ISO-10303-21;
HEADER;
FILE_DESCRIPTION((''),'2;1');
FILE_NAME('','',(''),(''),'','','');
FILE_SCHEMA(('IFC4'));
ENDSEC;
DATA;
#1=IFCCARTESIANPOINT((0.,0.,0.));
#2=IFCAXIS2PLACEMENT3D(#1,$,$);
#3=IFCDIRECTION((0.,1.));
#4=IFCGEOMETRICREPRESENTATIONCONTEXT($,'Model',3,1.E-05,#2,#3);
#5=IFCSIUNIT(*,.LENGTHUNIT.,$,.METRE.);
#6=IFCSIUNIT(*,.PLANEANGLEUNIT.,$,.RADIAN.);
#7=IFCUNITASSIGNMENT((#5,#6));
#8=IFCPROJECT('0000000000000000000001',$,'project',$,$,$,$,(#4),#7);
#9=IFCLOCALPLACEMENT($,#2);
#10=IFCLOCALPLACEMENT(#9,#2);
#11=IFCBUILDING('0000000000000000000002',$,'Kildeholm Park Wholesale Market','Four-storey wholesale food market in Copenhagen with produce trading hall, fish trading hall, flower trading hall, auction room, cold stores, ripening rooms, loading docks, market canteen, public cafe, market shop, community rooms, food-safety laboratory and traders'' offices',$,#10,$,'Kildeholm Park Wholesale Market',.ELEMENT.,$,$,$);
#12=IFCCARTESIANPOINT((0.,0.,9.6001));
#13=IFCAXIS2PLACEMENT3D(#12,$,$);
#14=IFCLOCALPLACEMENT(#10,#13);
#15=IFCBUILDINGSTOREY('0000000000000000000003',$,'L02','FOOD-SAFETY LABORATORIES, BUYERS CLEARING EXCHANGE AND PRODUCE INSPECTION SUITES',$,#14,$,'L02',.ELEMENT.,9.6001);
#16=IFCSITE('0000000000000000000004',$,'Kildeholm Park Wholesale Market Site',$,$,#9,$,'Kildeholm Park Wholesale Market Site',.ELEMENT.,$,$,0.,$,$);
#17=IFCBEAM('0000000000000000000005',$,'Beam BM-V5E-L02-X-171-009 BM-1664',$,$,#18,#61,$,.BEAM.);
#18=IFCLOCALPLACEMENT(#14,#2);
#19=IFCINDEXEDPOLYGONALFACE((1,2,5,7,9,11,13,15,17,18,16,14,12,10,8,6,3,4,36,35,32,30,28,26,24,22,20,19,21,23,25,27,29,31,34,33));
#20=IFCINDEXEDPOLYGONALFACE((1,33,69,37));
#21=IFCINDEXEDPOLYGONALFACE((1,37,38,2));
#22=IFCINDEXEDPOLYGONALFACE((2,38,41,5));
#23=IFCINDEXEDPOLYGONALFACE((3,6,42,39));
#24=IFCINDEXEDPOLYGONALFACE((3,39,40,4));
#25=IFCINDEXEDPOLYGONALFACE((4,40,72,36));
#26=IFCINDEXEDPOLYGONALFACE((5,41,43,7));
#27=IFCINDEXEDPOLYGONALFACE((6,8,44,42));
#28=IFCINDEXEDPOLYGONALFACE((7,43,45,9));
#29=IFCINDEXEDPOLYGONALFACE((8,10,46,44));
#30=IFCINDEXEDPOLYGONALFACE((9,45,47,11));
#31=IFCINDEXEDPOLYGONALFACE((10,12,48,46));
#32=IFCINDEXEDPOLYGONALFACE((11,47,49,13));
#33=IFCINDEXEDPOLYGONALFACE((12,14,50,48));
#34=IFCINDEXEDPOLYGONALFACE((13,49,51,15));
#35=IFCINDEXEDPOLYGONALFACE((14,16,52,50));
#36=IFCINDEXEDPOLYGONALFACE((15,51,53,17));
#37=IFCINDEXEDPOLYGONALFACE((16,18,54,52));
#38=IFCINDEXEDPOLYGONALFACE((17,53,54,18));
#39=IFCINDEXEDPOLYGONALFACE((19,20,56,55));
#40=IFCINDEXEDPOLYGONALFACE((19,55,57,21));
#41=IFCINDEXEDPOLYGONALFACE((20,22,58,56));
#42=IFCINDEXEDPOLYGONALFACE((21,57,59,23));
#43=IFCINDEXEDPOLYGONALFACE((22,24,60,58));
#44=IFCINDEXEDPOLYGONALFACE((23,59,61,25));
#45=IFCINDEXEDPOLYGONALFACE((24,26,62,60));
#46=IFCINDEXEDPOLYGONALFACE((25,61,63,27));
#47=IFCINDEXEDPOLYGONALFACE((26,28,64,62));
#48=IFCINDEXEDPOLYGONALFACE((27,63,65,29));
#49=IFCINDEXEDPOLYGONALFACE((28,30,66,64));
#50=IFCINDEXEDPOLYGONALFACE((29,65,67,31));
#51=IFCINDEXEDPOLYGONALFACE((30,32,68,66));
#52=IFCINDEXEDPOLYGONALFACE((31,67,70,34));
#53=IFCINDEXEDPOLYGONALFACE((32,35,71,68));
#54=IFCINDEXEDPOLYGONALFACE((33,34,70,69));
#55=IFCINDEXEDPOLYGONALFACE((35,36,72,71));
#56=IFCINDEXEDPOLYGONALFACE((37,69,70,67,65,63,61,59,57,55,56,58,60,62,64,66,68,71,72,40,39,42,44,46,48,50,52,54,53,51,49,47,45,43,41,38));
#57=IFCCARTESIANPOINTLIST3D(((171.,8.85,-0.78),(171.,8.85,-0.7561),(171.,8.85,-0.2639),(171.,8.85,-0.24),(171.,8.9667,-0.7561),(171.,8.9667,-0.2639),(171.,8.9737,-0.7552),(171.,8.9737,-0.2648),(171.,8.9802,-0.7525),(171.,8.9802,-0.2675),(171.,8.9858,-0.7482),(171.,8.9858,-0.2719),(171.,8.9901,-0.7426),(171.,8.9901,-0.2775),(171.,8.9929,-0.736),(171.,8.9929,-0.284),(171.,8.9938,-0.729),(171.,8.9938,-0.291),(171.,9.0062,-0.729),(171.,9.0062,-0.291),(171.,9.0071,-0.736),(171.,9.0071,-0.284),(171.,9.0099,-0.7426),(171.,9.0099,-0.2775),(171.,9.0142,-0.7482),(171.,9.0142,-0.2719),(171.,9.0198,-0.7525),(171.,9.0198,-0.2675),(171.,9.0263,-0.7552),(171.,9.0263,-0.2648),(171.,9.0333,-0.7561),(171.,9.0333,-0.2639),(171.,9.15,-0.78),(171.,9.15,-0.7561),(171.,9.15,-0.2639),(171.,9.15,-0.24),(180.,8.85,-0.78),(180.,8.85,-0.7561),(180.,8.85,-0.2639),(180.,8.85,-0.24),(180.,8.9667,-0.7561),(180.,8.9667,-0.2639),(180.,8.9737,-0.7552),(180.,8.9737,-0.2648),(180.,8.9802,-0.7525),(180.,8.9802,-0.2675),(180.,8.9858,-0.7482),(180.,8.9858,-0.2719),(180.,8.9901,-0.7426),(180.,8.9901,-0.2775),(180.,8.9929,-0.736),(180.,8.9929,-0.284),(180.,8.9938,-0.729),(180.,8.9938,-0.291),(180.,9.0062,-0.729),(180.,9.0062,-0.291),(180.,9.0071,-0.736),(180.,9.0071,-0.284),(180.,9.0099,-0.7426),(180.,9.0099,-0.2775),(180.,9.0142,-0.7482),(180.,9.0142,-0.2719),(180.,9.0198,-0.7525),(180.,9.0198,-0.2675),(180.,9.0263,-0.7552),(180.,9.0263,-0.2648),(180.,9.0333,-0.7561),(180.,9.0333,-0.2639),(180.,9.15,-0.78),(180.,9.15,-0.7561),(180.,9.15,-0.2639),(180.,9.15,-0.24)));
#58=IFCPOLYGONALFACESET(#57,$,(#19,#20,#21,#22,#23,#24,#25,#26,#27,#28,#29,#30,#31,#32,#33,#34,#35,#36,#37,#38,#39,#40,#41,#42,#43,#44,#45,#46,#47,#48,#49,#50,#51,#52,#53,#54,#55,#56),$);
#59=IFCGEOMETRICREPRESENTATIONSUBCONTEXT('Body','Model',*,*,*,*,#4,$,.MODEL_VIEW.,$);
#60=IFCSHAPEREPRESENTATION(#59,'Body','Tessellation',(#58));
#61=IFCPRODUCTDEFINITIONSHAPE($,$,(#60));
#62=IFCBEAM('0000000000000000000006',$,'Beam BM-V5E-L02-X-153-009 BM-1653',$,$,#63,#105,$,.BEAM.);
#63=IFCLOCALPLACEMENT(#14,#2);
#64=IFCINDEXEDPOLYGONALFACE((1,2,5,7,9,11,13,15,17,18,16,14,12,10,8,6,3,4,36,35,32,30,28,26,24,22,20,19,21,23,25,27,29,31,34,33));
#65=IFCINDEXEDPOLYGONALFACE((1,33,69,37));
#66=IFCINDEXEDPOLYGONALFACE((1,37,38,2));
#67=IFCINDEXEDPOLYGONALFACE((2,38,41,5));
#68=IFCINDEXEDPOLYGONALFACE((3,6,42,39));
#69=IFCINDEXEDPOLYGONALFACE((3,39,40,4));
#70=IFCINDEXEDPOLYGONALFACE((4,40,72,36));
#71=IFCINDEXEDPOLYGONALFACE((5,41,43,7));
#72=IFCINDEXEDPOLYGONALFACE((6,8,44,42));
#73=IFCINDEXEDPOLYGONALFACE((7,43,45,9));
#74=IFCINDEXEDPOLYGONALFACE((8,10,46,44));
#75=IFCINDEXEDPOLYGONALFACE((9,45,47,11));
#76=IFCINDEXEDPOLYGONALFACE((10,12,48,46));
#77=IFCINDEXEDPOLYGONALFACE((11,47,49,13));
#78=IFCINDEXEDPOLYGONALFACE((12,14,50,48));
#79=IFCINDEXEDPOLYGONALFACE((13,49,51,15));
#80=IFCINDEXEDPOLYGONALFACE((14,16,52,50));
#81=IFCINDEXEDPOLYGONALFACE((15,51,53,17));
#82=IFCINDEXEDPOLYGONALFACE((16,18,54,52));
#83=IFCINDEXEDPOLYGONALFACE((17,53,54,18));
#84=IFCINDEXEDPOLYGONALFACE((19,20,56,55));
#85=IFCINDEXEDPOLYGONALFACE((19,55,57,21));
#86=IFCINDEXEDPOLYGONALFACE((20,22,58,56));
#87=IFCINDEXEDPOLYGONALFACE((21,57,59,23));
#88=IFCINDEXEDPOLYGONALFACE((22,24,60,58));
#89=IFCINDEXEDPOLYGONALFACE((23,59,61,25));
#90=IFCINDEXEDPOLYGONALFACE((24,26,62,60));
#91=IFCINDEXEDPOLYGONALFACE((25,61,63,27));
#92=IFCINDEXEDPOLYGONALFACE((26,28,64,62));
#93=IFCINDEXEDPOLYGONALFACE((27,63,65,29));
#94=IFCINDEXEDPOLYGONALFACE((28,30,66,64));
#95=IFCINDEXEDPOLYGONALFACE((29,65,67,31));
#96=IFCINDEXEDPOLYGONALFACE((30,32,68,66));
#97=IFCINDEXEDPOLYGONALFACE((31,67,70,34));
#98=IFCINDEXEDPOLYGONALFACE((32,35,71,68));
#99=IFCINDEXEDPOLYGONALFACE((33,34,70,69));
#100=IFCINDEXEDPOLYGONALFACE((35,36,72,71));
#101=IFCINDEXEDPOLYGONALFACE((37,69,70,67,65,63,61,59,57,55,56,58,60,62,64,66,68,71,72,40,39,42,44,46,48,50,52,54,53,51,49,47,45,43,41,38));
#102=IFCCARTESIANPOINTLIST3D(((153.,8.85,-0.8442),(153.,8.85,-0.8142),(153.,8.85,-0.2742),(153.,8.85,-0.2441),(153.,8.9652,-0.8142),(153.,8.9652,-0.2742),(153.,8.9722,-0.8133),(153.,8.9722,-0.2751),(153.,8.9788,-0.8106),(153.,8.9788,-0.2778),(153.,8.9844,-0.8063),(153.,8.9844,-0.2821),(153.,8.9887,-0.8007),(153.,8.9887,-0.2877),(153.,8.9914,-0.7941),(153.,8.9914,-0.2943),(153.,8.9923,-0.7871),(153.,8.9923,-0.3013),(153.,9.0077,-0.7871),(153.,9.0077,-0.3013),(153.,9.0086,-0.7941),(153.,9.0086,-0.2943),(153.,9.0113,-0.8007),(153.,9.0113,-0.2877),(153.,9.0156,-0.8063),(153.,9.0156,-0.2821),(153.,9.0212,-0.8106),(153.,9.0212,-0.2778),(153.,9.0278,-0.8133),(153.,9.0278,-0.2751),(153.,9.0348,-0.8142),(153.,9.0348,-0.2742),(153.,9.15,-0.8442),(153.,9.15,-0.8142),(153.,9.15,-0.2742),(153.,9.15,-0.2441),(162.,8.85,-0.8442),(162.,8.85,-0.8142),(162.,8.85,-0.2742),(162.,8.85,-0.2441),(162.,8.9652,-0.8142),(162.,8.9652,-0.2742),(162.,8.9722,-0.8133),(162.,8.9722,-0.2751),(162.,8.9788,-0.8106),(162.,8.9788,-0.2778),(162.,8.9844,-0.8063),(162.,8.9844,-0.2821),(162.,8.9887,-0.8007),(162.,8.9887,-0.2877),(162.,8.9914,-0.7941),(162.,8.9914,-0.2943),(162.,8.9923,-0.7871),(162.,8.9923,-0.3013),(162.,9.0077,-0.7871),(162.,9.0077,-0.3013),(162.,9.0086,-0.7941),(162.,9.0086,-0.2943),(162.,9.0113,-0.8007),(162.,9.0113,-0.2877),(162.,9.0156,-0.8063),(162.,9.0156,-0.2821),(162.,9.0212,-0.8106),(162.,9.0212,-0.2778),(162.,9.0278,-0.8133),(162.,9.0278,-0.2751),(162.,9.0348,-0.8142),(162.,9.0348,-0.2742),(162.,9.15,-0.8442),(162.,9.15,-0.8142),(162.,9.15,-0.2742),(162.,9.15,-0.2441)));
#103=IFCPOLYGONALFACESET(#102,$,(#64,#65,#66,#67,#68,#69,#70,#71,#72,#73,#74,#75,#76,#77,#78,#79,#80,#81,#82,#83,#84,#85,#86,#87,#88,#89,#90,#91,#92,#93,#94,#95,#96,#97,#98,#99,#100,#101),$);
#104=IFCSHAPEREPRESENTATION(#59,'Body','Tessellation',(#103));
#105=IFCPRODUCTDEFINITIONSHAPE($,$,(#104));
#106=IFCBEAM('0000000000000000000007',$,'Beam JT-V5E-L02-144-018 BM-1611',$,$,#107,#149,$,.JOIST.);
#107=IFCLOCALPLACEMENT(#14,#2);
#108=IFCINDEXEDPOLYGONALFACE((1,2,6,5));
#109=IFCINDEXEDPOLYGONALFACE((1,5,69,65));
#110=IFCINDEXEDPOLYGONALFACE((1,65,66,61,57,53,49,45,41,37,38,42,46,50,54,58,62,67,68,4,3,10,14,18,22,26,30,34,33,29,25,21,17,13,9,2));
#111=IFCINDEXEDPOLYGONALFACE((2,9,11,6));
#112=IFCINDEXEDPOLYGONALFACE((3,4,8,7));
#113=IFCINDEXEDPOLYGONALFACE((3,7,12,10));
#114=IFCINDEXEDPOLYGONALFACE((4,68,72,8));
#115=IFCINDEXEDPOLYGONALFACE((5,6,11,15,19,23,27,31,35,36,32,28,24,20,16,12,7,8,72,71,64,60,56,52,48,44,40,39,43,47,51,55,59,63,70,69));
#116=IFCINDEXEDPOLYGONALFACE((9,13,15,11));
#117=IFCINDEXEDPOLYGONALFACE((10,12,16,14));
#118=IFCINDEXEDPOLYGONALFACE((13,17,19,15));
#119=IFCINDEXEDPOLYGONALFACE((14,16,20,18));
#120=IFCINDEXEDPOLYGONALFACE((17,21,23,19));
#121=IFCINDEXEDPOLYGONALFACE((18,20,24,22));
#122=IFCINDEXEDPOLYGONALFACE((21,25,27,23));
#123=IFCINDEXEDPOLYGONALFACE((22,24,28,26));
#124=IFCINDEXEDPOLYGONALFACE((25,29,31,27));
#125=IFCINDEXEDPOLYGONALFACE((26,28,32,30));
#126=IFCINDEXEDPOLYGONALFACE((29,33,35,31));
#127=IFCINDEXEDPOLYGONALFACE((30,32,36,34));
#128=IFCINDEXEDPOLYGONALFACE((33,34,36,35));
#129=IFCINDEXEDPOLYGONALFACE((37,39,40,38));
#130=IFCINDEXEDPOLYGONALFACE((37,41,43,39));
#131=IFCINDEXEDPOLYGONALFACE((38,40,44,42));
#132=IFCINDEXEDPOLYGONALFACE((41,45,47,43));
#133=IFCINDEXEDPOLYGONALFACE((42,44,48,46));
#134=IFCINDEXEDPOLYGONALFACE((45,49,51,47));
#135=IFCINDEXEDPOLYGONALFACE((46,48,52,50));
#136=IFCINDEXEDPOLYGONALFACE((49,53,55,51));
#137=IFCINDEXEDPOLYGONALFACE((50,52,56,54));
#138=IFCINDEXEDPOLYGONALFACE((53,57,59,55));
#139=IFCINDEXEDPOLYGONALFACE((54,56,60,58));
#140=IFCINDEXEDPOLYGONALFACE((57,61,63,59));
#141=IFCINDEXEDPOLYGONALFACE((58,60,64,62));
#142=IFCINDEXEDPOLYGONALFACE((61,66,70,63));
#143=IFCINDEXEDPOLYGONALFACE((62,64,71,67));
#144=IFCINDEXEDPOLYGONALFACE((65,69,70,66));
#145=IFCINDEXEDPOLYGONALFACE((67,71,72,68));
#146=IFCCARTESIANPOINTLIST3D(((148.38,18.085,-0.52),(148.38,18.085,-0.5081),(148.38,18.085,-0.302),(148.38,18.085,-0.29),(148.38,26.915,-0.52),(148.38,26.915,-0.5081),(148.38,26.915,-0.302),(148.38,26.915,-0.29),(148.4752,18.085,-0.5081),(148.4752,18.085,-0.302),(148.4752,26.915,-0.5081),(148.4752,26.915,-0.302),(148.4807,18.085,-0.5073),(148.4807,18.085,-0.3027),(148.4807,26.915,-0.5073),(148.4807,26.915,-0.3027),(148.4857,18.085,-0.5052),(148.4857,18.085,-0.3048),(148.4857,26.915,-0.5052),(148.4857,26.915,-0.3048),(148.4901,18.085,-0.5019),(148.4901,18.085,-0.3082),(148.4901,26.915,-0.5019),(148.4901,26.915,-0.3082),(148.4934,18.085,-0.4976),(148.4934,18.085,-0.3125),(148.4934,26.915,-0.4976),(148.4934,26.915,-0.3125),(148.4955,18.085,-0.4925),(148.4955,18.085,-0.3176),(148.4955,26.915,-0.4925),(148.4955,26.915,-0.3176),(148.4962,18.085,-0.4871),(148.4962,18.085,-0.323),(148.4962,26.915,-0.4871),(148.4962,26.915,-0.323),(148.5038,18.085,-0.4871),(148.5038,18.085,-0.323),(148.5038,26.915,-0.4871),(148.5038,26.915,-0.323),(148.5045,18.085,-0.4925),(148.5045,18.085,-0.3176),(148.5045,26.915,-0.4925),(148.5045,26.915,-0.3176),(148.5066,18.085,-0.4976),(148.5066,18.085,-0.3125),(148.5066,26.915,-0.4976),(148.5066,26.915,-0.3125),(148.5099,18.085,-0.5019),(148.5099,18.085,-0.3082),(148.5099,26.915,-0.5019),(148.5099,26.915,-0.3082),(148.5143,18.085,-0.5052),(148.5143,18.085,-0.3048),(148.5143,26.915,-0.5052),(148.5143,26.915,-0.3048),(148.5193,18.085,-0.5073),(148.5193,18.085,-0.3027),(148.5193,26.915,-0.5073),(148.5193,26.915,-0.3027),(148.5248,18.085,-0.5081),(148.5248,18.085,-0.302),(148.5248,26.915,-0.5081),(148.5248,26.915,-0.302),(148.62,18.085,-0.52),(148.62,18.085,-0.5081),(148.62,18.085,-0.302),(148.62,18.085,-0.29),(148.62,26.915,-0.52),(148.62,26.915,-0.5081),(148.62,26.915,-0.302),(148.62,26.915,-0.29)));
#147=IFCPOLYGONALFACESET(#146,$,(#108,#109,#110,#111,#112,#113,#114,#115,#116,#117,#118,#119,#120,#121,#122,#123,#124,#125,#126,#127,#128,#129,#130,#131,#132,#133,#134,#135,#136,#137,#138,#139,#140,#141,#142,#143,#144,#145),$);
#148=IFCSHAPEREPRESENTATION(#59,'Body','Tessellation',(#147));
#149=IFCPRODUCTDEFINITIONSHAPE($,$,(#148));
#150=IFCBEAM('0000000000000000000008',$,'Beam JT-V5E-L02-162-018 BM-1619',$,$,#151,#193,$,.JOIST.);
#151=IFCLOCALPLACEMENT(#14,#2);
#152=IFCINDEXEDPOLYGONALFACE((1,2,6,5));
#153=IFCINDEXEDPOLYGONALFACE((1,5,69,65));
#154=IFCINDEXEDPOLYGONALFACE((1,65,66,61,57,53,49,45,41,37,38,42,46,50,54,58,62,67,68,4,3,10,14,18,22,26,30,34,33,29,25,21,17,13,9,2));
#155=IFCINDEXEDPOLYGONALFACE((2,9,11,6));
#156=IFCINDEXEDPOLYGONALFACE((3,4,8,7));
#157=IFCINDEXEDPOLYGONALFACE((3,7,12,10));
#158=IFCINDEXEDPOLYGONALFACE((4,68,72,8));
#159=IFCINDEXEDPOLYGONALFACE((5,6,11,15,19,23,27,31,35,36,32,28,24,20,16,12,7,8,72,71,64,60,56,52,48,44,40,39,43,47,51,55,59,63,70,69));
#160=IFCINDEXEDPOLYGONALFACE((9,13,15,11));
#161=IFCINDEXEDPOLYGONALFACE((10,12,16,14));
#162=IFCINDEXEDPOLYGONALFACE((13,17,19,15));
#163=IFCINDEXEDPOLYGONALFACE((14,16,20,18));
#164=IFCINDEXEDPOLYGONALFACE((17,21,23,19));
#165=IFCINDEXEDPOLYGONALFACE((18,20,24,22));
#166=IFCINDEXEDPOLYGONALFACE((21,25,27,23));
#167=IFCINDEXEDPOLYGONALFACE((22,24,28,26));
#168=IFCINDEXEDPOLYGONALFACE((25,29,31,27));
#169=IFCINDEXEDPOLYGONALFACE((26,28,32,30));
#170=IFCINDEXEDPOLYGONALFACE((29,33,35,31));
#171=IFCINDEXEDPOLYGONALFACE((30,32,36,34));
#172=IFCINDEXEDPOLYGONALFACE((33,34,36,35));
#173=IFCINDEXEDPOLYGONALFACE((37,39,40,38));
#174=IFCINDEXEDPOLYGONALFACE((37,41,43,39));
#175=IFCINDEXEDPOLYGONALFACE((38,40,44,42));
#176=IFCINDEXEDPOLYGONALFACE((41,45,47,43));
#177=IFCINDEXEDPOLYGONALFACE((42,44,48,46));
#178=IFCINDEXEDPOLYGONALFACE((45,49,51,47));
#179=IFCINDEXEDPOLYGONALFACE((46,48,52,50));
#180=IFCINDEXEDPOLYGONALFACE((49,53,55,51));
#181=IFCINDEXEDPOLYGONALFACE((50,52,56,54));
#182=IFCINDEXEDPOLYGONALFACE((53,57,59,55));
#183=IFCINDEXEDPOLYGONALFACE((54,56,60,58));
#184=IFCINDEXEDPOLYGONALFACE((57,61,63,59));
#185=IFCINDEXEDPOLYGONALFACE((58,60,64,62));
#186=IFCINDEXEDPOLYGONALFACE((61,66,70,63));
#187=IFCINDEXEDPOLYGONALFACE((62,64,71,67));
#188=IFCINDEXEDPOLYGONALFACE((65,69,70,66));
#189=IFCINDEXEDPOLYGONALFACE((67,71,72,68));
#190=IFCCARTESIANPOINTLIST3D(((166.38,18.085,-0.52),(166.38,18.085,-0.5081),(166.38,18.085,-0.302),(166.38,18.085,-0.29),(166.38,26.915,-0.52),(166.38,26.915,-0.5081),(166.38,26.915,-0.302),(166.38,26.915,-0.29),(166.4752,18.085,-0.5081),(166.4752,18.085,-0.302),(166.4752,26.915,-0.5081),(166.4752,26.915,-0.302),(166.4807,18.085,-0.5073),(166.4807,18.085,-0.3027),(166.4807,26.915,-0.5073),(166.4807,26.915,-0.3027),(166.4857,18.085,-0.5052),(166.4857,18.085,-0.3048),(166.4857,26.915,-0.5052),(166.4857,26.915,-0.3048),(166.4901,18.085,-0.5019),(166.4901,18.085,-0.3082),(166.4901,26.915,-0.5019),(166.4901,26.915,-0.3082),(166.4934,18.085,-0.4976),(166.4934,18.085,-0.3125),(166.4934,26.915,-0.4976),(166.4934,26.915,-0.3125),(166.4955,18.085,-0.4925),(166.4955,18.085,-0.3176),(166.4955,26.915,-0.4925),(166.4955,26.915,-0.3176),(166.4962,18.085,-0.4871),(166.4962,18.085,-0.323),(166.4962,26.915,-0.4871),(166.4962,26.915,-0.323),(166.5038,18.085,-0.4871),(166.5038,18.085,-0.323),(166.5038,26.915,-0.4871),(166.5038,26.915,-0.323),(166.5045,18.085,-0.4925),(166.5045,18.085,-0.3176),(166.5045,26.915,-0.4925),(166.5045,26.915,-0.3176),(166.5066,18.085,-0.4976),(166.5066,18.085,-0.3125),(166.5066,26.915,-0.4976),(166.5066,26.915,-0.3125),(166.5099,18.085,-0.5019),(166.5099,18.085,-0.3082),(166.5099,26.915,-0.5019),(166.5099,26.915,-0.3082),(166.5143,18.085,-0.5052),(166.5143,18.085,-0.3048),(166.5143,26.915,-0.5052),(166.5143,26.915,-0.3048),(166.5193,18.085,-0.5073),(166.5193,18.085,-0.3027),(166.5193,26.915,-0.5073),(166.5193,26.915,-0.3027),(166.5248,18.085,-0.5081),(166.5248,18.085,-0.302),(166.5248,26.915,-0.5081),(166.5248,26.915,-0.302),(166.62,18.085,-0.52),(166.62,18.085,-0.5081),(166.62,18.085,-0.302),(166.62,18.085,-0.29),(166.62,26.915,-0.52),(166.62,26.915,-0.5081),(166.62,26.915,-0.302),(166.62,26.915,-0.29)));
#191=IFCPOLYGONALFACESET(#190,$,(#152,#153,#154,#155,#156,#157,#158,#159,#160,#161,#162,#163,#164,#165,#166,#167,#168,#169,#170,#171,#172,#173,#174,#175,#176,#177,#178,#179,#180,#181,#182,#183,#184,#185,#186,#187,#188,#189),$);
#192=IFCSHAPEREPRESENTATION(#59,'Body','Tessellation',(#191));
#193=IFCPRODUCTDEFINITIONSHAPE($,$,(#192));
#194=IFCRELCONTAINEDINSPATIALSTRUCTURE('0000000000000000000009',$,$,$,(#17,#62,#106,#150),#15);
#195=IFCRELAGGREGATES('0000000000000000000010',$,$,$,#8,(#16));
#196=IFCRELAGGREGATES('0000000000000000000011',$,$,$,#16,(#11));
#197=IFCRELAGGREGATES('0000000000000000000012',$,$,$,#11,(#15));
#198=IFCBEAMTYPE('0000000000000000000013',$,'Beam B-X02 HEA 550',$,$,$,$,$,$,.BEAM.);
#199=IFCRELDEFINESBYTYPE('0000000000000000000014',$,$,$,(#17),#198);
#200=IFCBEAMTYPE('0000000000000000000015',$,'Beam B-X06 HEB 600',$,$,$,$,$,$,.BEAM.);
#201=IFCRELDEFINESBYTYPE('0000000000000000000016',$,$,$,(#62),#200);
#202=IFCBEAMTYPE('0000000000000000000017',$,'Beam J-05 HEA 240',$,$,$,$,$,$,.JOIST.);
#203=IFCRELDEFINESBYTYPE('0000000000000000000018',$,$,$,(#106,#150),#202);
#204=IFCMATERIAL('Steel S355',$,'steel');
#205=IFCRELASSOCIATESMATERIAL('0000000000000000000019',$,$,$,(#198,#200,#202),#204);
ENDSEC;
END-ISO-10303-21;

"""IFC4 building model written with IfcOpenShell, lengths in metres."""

from ifc_helpers import new_model, si_unit, direction, frame, origin, origin_2d, place, context, subcontext, project, spatial, i_section, extrude, material, material_profile, profile_set, type_object, element, save


model = new_model("IFC4")

# Units and contexts
model_context = context("Model", 3, precision=1e-05, world=origin(), true_north=direction((0.0, 1.0)))
body_context = subcontext(model_context, "Body", "Model", "MODEL_VIEW")
ifc_project = project(units=[si_unit("LENGTHUNIT", "METRE"), si_unit("PLANEANGLEUNIT", "RADIAN")], contexts=[model_context])

# Site, building, storey
site_placement = place(None, origin())
site = spatial("IfcSite", under=ifc_project, at=site_placement, Name="Kildeholm Park Wholesale Market Site", LongName="Kildeholm Park Wholesale Market Site", CompositionType="ELEMENT", RefElevation=0.0)
building_placement = place(site_placement, origin())
building = spatial("IfcBuilding", under=site, at=building_placement, Name="Kildeholm Park Wholesale Market", Description="Four-storey wholesale food market in Copenhagen with produce trading hall, fish trading hall, flower trading hall, auction room, cold stores, ripening rooms, loading docks, market canteen, public cafe, market shop, community rooms, food-safety laboratory and traders' offices", LongName="Kildeholm Park Wholesale Market", CompositionType="ELEMENT")
storey_placement = place(building_placement, frame((0.0, 0.0, 9.6001)))
storey = spatial("IfcBuildingStorey", under=building, at=storey_placement, Name="L02", Description="FOOD-SAFETY LABORATORIES, BUYERS CLEARING EXCHANGE AND PRODUCE INSPECTION SUITES", LongName="L02", CompositionType="ELEMENT", Elevation=9.6001)

# Shared definitions
ifc_material_1 = material(Name="Steel S355", Category="steel")

# Beams
ifc_material_profile_1 = material_profile(ifc_material_1, i_section(OverallWidth=0.3, OverallDepth=0.54, WebThickness=0.0125, FlangeThickness=0.0239, FilletRadius=0.0271, at=origin_2d()), Name="HEA 550")
ifc_profile_set_1 = profile_set([ifc_material_profile_1], Name="Steel S355")
beam_type_1 = type_object("IfcBeamType", Name="Beam B-X02 HEA 550", PredefinedType="BEAM", material=ifc_profile_set_1)
beam_1_placement = place(storey_placement, frame((171.0, 9.0, -0.51), z_axis=(1.0, 0.0, 0.0), x_axis=(0.0, 1.0, 0.0)))
element("IfcBeam", 1, at=beam_1_placement, inside=storey, type_object=beam_type_1, Name="Beam BM-V5E-L02-X-171-009 BM-1664", PredefinedType="BEAM", context=body_context, shape_type="SweptSolid", body=[
    extrude(i_section(OverallWidth=0.3, OverallDepth=0.54, WebThickness=0.0125, FlangeThickness=0.0239, FilletRadius=0.0271, at=origin_2d()), origin(), (0.0, 0.0, 1.0), 9.0),
])
ifc_material_profile_2 = material_profile(ifc_material_1, i_section(OverallWidth=0.3, OverallDepth=0.6001, WebThickness=0.0154, FlangeThickness=0.03, FilletRadius=0.0271, at=origin_2d()), Name="HEB 600")
ifc_profile_set_2 = profile_set([ifc_material_profile_2], Name="Steel S355")
beam_type_2 = type_object("IfcBeamType", Name="Beam B-X06 HEB 600", PredefinedType="BEAM", material=ifc_profile_set_2)
beam_2_placement = place(storey_placement, frame((153.0, 9.0, -0.5442), z_axis=(1.0, 0.0, 0.0), x_axis=(0.0, 1.0, 0.0)))
element("IfcBeam", 2, at=beam_2_placement, inside=storey, type_object=beam_type_2, Name="Beam BM-V5E-L02-X-153-009 BM-1653", PredefinedType="BEAM", context=body_context, shape_type="SweptSolid", body=[
    extrude(i_section(OverallWidth=0.3, OverallDepth=0.6001, WebThickness=0.0154, FlangeThickness=0.03, FilletRadius=0.0271, at=origin_2d()), origin(), (0.0, 0.0, 1.0), 9.0),
])
ifc_material_profile_3 = material_profile(ifc_material_1, i_section(OverallWidth=0.24, OverallDepth=0.23, WebThickness=0.0076, FlangeThickness=0.012, FilletRadius=0.021, at=origin_2d()), Name="HEA 240")
ifc_profile_set_3 = profile_set([ifc_material_profile_3], Name="Steel S355")
beam_type_3 = type_object("IfcBeamType", Name="Beam J-05 HEA 240", PredefinedType="JOIST", material=ifc_profile_set_3)
for number, where, z_axis, x_axis, name in (
    (3, (148.5, 18.085, -0.405), (0.0, 1.0, 0.0), (-1.0, 0.0, 0.0), "Beam JT-V5E-L02-144-018 BM-1611"),
    (4, (166.5, 18.085, -0.405), (0.0, 1.0, 0.0), (-1.0, 0.0, 0.0), "Beam JT-V5E-L02-162-018 BM-1619"),
):
    element("IfcBeam", number, at=place(storey_placement, frame(where, z_axis=z_axis, x_axis=x_axis)), inside=storey, type_object=beam_type_3, Name=name, PredefinedType="JOIST", context=body_context, shape_type="SweptSolid", body=[
        extrude(i_section(OverallWidth=0.24, OverallDepth=0.23, WebThickness=0.0076, FlangeThickness=0.012, FilletRadius=0.021, at=origin_2d()), origin(), (0.0, 0.0, 1.0), 8.8301),
    ])

save(model, "model.ifc")
